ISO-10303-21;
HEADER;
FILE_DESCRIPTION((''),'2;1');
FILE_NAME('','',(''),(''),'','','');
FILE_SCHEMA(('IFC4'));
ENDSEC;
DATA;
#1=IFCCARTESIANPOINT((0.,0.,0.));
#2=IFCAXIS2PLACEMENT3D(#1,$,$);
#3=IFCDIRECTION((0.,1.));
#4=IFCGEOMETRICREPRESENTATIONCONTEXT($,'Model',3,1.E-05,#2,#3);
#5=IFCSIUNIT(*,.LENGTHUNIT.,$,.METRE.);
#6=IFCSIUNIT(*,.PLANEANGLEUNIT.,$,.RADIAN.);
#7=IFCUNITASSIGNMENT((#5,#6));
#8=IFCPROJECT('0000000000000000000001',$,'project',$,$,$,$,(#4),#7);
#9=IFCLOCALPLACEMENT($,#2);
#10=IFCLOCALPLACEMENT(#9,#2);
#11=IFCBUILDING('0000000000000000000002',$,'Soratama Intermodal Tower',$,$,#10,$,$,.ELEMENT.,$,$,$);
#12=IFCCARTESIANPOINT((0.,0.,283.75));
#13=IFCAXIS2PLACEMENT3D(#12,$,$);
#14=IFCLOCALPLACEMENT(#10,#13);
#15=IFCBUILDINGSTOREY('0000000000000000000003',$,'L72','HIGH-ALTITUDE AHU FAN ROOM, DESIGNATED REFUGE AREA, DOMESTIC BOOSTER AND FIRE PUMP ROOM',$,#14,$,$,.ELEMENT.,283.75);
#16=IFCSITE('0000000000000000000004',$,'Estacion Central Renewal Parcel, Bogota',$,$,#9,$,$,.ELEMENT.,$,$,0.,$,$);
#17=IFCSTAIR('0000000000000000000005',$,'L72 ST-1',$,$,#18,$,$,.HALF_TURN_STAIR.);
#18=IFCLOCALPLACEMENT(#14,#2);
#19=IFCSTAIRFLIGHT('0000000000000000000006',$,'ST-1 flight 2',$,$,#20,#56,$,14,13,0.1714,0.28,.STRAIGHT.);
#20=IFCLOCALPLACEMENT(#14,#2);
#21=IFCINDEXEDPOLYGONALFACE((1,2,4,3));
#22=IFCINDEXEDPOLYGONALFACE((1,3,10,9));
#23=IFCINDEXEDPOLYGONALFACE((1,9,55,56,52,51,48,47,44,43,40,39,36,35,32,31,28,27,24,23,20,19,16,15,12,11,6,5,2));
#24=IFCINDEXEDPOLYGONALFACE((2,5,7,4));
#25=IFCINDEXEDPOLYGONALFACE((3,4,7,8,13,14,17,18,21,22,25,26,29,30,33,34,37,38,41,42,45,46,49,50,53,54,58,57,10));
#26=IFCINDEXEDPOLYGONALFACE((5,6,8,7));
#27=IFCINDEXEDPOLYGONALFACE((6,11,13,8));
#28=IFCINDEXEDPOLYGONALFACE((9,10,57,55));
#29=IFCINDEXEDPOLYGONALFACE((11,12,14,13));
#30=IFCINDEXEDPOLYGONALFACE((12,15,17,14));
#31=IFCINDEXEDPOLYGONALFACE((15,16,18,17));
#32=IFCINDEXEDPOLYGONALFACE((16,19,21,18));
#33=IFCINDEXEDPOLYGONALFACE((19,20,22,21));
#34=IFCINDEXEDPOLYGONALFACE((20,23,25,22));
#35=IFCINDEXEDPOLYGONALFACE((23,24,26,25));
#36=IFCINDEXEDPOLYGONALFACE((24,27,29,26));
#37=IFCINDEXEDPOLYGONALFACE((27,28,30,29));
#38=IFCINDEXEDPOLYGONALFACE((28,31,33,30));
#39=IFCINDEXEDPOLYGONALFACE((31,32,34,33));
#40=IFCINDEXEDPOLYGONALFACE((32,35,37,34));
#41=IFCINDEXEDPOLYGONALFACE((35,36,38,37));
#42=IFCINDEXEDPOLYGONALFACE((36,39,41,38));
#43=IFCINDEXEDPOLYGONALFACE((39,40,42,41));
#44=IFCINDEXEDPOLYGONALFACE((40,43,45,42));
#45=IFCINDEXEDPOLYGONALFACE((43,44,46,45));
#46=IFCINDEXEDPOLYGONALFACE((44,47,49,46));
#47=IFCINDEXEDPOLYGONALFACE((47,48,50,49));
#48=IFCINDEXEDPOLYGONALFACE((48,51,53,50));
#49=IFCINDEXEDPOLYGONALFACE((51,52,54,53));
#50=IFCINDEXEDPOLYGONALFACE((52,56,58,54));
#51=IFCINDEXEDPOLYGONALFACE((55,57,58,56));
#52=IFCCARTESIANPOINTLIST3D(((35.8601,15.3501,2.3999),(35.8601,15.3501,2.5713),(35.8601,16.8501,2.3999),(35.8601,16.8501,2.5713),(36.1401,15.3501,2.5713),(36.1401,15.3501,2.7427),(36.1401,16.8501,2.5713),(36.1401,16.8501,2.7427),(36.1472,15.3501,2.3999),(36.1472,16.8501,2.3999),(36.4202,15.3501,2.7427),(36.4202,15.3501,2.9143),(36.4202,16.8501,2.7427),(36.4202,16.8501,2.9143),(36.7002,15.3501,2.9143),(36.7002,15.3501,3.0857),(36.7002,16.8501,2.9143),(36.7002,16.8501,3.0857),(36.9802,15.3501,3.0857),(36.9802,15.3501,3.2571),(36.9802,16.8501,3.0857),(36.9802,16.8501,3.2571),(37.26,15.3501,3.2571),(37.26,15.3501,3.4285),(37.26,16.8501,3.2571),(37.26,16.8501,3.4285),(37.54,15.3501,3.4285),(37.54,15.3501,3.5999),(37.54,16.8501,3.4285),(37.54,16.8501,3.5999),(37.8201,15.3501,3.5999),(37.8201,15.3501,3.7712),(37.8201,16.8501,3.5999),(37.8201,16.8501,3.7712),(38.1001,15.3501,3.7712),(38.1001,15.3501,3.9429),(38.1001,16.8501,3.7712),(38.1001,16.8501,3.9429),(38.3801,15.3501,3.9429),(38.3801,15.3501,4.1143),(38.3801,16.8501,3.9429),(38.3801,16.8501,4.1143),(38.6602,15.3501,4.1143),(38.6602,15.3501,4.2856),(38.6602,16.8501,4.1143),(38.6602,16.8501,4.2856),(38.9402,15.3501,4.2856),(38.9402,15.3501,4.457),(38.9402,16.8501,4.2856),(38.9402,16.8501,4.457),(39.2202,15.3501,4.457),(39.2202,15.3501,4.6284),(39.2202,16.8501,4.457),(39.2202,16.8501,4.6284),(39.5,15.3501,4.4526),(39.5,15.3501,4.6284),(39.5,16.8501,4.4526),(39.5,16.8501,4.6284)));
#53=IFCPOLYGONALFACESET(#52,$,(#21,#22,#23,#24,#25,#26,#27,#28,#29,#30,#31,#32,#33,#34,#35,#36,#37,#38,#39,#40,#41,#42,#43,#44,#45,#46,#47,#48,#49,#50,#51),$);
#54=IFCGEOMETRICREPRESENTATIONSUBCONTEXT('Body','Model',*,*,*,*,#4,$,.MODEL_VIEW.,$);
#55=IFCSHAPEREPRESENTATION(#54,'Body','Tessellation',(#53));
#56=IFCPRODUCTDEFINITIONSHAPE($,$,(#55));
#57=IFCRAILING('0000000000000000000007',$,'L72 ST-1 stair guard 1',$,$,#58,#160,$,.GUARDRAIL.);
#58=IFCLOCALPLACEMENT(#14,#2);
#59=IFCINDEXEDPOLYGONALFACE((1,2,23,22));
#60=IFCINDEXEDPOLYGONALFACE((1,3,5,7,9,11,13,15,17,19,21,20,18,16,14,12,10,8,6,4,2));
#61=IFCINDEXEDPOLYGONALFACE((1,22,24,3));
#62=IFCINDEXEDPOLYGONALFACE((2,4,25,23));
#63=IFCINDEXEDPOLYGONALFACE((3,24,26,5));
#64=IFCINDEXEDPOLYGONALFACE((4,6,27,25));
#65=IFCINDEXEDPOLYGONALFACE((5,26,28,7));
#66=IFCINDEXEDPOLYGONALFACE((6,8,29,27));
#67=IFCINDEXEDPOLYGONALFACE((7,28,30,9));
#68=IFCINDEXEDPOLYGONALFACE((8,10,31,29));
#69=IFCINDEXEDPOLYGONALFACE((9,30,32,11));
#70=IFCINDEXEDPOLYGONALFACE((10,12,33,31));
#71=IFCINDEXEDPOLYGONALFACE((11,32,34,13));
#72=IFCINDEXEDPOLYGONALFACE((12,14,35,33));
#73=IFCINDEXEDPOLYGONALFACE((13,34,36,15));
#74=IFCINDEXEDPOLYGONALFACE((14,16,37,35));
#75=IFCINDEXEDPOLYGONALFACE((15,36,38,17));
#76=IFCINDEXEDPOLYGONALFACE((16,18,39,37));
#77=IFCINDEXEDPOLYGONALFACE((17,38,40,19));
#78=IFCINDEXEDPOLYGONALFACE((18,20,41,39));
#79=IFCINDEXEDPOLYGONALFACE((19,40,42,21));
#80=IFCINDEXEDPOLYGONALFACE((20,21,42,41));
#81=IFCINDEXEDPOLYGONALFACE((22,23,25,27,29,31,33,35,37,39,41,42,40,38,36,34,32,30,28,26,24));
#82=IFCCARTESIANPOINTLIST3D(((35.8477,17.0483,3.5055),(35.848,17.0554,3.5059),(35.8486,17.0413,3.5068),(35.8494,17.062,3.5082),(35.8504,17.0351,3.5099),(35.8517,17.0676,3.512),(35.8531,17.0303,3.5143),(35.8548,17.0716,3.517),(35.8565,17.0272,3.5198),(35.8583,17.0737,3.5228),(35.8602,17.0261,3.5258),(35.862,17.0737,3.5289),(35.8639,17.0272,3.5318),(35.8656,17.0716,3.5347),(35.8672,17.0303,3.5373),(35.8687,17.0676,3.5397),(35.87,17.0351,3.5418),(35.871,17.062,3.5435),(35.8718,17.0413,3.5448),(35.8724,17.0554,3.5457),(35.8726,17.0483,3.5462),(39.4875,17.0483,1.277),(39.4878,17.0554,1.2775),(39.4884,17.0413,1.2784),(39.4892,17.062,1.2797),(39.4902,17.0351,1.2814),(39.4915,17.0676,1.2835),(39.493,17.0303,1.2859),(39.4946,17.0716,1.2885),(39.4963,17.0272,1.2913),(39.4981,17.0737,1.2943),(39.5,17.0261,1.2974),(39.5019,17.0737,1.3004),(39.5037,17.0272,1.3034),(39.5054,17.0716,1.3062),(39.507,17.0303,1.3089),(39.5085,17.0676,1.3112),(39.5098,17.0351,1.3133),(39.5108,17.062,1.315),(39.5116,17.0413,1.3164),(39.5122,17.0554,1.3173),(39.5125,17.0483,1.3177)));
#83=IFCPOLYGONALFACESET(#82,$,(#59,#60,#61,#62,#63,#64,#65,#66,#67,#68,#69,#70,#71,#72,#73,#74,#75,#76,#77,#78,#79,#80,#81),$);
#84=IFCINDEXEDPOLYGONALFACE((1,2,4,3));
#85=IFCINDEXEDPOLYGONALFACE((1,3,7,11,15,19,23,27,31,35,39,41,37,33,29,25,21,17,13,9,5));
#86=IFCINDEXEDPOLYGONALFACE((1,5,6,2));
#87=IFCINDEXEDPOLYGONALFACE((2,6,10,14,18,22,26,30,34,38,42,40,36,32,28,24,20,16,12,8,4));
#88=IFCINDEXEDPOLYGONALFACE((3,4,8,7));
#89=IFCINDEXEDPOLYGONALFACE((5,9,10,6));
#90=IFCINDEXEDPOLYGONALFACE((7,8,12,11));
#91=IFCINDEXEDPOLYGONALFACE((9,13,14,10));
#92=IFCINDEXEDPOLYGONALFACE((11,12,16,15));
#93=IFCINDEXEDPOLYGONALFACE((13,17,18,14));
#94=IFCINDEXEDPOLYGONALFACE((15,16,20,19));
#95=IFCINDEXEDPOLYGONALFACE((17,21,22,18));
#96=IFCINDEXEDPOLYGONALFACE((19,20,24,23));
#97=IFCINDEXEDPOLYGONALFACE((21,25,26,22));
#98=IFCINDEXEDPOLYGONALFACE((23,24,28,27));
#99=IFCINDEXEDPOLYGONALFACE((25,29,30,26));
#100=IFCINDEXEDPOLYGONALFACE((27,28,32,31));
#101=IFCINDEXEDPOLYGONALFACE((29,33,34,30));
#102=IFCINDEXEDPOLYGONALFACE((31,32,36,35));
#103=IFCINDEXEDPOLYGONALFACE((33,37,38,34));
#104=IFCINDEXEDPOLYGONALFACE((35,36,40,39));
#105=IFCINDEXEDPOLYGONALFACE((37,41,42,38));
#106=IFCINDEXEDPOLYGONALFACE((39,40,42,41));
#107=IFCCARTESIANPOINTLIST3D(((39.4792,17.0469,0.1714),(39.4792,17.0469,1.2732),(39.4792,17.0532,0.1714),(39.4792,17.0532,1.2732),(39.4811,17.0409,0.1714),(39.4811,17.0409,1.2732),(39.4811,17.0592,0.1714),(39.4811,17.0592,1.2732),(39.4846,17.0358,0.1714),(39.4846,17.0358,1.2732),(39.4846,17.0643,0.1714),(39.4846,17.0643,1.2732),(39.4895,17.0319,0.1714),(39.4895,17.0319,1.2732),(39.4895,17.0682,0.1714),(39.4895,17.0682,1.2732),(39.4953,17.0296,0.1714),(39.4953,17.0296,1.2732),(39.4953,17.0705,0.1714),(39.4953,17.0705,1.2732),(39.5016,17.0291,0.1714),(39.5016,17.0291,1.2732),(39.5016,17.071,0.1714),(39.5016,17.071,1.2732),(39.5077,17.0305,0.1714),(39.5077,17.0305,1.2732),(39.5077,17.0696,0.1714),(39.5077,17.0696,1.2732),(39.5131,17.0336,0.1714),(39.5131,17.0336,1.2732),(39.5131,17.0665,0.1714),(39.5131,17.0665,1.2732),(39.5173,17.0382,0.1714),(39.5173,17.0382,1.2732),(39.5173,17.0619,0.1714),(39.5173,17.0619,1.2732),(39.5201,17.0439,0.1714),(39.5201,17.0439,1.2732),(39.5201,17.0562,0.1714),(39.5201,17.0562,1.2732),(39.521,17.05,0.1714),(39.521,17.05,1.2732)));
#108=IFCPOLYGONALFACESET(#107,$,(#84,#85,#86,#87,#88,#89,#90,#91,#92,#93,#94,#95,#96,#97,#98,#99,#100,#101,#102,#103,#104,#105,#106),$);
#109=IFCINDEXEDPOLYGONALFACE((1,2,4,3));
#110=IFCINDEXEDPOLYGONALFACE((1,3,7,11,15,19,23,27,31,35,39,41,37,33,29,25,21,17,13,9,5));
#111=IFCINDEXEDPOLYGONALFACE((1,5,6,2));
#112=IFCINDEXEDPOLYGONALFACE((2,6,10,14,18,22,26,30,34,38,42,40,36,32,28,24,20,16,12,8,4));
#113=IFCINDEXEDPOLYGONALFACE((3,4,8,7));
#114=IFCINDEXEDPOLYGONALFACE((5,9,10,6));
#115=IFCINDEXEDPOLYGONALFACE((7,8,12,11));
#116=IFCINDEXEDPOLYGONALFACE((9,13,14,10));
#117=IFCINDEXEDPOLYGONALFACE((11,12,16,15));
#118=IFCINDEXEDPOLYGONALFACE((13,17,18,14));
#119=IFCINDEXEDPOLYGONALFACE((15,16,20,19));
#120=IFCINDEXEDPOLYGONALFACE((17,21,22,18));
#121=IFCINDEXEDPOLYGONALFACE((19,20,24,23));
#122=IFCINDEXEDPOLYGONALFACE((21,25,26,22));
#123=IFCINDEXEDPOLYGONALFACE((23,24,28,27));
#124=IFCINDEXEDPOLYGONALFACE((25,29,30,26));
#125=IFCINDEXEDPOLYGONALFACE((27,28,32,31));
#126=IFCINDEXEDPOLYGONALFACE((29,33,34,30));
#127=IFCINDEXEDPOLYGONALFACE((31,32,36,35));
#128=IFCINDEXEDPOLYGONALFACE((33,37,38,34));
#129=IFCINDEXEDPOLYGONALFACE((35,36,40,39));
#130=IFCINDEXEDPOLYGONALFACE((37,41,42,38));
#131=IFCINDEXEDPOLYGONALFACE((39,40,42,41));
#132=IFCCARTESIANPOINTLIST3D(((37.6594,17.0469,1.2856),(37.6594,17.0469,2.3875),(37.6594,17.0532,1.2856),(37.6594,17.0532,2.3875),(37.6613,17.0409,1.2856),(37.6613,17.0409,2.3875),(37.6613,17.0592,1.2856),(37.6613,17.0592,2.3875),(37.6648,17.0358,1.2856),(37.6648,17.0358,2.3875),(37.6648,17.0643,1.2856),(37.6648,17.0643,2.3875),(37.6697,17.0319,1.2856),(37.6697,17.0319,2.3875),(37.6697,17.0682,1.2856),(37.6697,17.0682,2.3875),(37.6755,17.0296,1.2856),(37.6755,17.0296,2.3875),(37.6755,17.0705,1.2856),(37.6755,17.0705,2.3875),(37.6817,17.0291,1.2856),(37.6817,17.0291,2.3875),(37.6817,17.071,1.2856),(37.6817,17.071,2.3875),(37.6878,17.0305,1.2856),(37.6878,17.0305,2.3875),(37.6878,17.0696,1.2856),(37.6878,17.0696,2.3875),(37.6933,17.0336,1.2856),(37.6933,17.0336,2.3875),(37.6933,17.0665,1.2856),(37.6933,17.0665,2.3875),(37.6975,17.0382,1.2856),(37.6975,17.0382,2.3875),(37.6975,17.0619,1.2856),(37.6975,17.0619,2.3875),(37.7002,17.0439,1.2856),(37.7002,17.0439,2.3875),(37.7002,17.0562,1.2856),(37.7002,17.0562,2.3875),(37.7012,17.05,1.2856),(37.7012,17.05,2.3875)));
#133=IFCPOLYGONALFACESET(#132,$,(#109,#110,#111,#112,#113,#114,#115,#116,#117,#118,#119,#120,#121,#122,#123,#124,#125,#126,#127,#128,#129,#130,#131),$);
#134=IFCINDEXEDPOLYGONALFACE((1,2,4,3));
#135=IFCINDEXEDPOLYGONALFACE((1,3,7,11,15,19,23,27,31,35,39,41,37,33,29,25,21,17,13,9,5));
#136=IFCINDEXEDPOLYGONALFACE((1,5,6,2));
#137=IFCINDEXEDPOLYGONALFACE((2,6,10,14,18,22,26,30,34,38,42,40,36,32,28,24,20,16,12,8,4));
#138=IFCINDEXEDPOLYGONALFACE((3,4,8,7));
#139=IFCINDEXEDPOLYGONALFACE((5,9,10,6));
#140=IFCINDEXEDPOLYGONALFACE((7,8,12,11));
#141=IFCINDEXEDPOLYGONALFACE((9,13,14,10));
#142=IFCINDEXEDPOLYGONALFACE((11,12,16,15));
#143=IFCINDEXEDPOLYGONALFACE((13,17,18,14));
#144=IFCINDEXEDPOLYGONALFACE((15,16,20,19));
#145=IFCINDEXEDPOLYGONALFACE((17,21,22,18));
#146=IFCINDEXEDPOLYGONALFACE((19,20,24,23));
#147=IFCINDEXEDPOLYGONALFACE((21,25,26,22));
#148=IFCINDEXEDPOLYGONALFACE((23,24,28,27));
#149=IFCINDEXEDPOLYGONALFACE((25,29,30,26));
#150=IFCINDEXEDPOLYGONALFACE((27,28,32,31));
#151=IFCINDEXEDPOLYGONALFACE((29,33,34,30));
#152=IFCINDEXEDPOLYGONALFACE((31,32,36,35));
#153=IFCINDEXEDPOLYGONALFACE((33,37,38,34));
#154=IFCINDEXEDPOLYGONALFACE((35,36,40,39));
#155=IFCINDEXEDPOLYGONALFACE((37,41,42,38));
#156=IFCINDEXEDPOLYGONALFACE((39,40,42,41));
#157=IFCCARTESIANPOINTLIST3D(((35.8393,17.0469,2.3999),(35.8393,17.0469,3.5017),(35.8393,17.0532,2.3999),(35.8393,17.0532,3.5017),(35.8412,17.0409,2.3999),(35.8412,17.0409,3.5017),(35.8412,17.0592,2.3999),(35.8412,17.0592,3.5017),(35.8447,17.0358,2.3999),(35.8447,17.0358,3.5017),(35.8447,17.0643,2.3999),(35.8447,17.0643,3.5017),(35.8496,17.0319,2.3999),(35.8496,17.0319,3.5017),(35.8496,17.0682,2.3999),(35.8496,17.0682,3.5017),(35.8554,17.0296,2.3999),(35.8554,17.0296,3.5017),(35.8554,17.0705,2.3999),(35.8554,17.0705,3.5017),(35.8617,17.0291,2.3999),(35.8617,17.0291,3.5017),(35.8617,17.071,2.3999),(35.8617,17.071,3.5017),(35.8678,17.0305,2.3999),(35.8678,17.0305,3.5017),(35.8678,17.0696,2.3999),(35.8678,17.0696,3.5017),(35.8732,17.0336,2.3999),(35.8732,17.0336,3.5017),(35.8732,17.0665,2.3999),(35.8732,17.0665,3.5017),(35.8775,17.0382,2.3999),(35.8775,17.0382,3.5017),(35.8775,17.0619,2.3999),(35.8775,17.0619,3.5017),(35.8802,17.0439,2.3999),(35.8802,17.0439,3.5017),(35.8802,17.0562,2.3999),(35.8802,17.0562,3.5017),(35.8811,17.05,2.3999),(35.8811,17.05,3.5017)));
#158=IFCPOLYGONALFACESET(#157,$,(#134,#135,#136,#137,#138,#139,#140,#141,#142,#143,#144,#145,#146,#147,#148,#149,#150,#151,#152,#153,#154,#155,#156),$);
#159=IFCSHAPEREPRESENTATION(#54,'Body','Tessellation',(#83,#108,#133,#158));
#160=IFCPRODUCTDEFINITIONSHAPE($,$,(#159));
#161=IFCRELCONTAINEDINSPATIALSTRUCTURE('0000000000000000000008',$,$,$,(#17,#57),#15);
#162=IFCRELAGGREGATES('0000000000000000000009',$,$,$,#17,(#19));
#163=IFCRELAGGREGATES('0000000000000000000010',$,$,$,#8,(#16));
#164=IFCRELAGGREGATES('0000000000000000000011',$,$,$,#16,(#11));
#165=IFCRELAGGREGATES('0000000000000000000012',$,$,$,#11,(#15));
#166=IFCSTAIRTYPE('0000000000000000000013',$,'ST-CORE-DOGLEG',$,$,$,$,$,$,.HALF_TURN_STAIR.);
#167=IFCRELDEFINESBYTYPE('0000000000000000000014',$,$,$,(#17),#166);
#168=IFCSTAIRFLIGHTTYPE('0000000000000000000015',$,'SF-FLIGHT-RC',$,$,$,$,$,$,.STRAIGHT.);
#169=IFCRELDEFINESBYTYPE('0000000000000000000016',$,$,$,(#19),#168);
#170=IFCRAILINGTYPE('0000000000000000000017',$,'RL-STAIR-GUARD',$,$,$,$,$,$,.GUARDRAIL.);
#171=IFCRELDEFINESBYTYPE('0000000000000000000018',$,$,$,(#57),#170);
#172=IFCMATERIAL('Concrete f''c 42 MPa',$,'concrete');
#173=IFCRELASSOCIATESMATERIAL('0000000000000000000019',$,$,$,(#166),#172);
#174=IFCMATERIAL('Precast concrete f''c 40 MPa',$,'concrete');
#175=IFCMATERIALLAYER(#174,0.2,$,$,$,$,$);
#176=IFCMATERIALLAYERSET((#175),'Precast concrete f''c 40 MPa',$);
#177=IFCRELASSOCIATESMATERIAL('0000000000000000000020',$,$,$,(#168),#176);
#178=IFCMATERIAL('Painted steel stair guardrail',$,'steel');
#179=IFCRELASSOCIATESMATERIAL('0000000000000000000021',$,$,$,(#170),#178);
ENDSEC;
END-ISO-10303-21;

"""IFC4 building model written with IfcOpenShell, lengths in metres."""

from ifc_helpers import new_model, si_unit, direction, frame, origin, origin_2d, place, context, subcontext, project, spatial, polyline, circle, outline, extrude, material, layer, layer_set, type_object, element, aggregate, save


model = new_model("IFC4")

# Units and contexts
model_context = context("Model", 3, precision=1e-05, world=origin(), true_north=direction((0.0, 1.0)))
body_context = subcontext(model_context, "Body", "Model", "MODEL_VIEW")
ifc_project = project(units=[si_unit("LENGTHUNIT", "METRE"), si_unit("PLANEANGLEUNIT", "RADIAN")], contexts=[model_context])

# Site, building, storey
site_placement = place(None, origin())
site = spatial("IfcSite", under=ifc_project, at=site_placement, Name="Estacion Central Renewal Parcel, Bogota", CompositionType="ELEMENT", RefElevation=0.0)
building_placement = place(site_placement, origin())
building = spatial("IfcBuilding", under=site, at=building_placement, Name="Soratama Intermodal Tower", CompositionType="ELEMENT")
storey_placement = place(building_placement, frame((0.0, 0.0, 283.75)))
storey = spatial("IfcBuildingStorey", under=building, at=storey_placement, Name="L72", Description="HIGH-ALTITUDE AHU FAN ROOM, DESIGNATED REFUGE AREA, DOMESTIC BOOSTER AND FIRE PUMP ROOM", CompositionType="ELEMENT", Elevation=283.75)

# Stair, stair flight
ifc_material_1 = material(Name="Concrete f'c 42 MPa", Category="concrete")
stair_type = type_object("IfcStairType", Name="ST-CORE-DOGLEG", PredefinedType="HALF_TURN_STAIR", material=ifc_material_1)
stair_placement = place(storey_placement, origin())
stair = element("IfcStair", 1, at=stair_placement, inside=storey, type_object=stair_type, Name="L72 ST-1", PredefinedType="HALF_TURN_STAIR")
ifc_material_2 = material(Name="Precast concrete f'c 40 MPa", Category="concrete")
ifc_layer_1 = layer(ifc_material_2, 0.2)
ifc_layer_set_1 = layer_set([ifc_layer_1], Name="Precast concrete f'c 40 MPa")
stair_flight_type = type_object("IfcStairFlightType", Name="SF-FLIGHT-RC", PredefinedType="STRAIGHT", material=ifc_layer_set_1)
stair_flight_1_placement = place(storey_placement, frame((35.8601, 16.1001, 2.3999), z_axis=(0.0, 0.0, 1.0), x_axis=(1.0, 0.0, 0.0)))
stair_flight_1 = element("IfcStairFlight", 2, at=stair_flight_1_placement, type_object=stair_flight_type, Name="ST-1 flight 2", NumberOfRisers=14, NumberOfTreads=13, PredefinedType="STRAIGHT", RiserHeight=0.1714, TreadLength=0.28, context=body_context, shape_type="SweptSolid", body=[
    extrude(outline(polyline([(0.0, 0.0), (0.0, 0.1714), (0.28, 0.1714), (0.28, 0.3428), (0.5601, 0.3428), (0.5601, 0.5144), (0.8401, 0.5144), (0.8401, 0.6858), (1.1201, 0.6858), (1.1201, 0.8572), (1.3999, 0.8572), (1.3999, 1.0286), (1.6799, 1.0286), (1.6799, 1.2), (1.96, 1.2), (1.96, 1.3713), (2.24, 1.3713), (2.24, 1.543), (2.52, 1.543), (2.52, 1.7144), (2.8, 1.7144), (2.8, 1.8857), (3.0801, 1.8857), (3.0801, 2.0571), (3.3601, 2.0571), (3.3601, 2.2285), (3.6399, 2.2285), (3.6399, 2.3999), (3.6399, 2.0527), (0.2871, 0.0), (0.0, 0.0)])), frame((0.0, 0.75, 0.0), z_axis=(0.0, -1.0, 0.0), x_axis=(1.0, 0.0, 0.0)), (0.0, 0.0, 1.0), 1.5),
])
aggregate(stair, [stair_flight_1])

# Railing
ifc_material_3 = material(Name="Painted steel stair guardrail", Category="steel")
railing_type_1 = type_object("IfcRailingType", Name="RL-STAIR-GUARD", PredefinedType="GUARDRAIL", material=ifc_material_3)
railing_1_placement = place(storey_placement, frame((39.5, 17.05, 0.1714)))
element("IfcRailing", 3, at=railing_1_placement, inside=storey, type_object=railing_type_1, Name="L72 ST-1 stair guard 1", PredefinedType="GUARDRAIL", context=body_context, shape_type="SweptSolid", body=[
    extrude(circle(Radius=0.0239, at=origin_2d()), frame((0.0, 0.0, 1.126), z_axis=(-0.85285, 0.0, 0.522156), x_axis=(0.0, -1.0, 0.0)), (0.0, 0.0, 1.0), 4.2678),
    extrude(circle(Radius=0.021, at=origin_2d()), origin(), (0.0, 0.0, 1.0), 1.1018),
    extrude(circle(Radius=0.021, at=origin_2d()), frame((-1.8198, 0.0, 1.1143)), (0.0, 0.0, 1.0), 1.1018),
    extrude(circle(Radius=0.021, at=origin_2d()), frame((-3.6399, 0.0, 2.2285)), (0.0, 0.0, 1.0), 1.1018),
])

save(model, "model.ifc")
